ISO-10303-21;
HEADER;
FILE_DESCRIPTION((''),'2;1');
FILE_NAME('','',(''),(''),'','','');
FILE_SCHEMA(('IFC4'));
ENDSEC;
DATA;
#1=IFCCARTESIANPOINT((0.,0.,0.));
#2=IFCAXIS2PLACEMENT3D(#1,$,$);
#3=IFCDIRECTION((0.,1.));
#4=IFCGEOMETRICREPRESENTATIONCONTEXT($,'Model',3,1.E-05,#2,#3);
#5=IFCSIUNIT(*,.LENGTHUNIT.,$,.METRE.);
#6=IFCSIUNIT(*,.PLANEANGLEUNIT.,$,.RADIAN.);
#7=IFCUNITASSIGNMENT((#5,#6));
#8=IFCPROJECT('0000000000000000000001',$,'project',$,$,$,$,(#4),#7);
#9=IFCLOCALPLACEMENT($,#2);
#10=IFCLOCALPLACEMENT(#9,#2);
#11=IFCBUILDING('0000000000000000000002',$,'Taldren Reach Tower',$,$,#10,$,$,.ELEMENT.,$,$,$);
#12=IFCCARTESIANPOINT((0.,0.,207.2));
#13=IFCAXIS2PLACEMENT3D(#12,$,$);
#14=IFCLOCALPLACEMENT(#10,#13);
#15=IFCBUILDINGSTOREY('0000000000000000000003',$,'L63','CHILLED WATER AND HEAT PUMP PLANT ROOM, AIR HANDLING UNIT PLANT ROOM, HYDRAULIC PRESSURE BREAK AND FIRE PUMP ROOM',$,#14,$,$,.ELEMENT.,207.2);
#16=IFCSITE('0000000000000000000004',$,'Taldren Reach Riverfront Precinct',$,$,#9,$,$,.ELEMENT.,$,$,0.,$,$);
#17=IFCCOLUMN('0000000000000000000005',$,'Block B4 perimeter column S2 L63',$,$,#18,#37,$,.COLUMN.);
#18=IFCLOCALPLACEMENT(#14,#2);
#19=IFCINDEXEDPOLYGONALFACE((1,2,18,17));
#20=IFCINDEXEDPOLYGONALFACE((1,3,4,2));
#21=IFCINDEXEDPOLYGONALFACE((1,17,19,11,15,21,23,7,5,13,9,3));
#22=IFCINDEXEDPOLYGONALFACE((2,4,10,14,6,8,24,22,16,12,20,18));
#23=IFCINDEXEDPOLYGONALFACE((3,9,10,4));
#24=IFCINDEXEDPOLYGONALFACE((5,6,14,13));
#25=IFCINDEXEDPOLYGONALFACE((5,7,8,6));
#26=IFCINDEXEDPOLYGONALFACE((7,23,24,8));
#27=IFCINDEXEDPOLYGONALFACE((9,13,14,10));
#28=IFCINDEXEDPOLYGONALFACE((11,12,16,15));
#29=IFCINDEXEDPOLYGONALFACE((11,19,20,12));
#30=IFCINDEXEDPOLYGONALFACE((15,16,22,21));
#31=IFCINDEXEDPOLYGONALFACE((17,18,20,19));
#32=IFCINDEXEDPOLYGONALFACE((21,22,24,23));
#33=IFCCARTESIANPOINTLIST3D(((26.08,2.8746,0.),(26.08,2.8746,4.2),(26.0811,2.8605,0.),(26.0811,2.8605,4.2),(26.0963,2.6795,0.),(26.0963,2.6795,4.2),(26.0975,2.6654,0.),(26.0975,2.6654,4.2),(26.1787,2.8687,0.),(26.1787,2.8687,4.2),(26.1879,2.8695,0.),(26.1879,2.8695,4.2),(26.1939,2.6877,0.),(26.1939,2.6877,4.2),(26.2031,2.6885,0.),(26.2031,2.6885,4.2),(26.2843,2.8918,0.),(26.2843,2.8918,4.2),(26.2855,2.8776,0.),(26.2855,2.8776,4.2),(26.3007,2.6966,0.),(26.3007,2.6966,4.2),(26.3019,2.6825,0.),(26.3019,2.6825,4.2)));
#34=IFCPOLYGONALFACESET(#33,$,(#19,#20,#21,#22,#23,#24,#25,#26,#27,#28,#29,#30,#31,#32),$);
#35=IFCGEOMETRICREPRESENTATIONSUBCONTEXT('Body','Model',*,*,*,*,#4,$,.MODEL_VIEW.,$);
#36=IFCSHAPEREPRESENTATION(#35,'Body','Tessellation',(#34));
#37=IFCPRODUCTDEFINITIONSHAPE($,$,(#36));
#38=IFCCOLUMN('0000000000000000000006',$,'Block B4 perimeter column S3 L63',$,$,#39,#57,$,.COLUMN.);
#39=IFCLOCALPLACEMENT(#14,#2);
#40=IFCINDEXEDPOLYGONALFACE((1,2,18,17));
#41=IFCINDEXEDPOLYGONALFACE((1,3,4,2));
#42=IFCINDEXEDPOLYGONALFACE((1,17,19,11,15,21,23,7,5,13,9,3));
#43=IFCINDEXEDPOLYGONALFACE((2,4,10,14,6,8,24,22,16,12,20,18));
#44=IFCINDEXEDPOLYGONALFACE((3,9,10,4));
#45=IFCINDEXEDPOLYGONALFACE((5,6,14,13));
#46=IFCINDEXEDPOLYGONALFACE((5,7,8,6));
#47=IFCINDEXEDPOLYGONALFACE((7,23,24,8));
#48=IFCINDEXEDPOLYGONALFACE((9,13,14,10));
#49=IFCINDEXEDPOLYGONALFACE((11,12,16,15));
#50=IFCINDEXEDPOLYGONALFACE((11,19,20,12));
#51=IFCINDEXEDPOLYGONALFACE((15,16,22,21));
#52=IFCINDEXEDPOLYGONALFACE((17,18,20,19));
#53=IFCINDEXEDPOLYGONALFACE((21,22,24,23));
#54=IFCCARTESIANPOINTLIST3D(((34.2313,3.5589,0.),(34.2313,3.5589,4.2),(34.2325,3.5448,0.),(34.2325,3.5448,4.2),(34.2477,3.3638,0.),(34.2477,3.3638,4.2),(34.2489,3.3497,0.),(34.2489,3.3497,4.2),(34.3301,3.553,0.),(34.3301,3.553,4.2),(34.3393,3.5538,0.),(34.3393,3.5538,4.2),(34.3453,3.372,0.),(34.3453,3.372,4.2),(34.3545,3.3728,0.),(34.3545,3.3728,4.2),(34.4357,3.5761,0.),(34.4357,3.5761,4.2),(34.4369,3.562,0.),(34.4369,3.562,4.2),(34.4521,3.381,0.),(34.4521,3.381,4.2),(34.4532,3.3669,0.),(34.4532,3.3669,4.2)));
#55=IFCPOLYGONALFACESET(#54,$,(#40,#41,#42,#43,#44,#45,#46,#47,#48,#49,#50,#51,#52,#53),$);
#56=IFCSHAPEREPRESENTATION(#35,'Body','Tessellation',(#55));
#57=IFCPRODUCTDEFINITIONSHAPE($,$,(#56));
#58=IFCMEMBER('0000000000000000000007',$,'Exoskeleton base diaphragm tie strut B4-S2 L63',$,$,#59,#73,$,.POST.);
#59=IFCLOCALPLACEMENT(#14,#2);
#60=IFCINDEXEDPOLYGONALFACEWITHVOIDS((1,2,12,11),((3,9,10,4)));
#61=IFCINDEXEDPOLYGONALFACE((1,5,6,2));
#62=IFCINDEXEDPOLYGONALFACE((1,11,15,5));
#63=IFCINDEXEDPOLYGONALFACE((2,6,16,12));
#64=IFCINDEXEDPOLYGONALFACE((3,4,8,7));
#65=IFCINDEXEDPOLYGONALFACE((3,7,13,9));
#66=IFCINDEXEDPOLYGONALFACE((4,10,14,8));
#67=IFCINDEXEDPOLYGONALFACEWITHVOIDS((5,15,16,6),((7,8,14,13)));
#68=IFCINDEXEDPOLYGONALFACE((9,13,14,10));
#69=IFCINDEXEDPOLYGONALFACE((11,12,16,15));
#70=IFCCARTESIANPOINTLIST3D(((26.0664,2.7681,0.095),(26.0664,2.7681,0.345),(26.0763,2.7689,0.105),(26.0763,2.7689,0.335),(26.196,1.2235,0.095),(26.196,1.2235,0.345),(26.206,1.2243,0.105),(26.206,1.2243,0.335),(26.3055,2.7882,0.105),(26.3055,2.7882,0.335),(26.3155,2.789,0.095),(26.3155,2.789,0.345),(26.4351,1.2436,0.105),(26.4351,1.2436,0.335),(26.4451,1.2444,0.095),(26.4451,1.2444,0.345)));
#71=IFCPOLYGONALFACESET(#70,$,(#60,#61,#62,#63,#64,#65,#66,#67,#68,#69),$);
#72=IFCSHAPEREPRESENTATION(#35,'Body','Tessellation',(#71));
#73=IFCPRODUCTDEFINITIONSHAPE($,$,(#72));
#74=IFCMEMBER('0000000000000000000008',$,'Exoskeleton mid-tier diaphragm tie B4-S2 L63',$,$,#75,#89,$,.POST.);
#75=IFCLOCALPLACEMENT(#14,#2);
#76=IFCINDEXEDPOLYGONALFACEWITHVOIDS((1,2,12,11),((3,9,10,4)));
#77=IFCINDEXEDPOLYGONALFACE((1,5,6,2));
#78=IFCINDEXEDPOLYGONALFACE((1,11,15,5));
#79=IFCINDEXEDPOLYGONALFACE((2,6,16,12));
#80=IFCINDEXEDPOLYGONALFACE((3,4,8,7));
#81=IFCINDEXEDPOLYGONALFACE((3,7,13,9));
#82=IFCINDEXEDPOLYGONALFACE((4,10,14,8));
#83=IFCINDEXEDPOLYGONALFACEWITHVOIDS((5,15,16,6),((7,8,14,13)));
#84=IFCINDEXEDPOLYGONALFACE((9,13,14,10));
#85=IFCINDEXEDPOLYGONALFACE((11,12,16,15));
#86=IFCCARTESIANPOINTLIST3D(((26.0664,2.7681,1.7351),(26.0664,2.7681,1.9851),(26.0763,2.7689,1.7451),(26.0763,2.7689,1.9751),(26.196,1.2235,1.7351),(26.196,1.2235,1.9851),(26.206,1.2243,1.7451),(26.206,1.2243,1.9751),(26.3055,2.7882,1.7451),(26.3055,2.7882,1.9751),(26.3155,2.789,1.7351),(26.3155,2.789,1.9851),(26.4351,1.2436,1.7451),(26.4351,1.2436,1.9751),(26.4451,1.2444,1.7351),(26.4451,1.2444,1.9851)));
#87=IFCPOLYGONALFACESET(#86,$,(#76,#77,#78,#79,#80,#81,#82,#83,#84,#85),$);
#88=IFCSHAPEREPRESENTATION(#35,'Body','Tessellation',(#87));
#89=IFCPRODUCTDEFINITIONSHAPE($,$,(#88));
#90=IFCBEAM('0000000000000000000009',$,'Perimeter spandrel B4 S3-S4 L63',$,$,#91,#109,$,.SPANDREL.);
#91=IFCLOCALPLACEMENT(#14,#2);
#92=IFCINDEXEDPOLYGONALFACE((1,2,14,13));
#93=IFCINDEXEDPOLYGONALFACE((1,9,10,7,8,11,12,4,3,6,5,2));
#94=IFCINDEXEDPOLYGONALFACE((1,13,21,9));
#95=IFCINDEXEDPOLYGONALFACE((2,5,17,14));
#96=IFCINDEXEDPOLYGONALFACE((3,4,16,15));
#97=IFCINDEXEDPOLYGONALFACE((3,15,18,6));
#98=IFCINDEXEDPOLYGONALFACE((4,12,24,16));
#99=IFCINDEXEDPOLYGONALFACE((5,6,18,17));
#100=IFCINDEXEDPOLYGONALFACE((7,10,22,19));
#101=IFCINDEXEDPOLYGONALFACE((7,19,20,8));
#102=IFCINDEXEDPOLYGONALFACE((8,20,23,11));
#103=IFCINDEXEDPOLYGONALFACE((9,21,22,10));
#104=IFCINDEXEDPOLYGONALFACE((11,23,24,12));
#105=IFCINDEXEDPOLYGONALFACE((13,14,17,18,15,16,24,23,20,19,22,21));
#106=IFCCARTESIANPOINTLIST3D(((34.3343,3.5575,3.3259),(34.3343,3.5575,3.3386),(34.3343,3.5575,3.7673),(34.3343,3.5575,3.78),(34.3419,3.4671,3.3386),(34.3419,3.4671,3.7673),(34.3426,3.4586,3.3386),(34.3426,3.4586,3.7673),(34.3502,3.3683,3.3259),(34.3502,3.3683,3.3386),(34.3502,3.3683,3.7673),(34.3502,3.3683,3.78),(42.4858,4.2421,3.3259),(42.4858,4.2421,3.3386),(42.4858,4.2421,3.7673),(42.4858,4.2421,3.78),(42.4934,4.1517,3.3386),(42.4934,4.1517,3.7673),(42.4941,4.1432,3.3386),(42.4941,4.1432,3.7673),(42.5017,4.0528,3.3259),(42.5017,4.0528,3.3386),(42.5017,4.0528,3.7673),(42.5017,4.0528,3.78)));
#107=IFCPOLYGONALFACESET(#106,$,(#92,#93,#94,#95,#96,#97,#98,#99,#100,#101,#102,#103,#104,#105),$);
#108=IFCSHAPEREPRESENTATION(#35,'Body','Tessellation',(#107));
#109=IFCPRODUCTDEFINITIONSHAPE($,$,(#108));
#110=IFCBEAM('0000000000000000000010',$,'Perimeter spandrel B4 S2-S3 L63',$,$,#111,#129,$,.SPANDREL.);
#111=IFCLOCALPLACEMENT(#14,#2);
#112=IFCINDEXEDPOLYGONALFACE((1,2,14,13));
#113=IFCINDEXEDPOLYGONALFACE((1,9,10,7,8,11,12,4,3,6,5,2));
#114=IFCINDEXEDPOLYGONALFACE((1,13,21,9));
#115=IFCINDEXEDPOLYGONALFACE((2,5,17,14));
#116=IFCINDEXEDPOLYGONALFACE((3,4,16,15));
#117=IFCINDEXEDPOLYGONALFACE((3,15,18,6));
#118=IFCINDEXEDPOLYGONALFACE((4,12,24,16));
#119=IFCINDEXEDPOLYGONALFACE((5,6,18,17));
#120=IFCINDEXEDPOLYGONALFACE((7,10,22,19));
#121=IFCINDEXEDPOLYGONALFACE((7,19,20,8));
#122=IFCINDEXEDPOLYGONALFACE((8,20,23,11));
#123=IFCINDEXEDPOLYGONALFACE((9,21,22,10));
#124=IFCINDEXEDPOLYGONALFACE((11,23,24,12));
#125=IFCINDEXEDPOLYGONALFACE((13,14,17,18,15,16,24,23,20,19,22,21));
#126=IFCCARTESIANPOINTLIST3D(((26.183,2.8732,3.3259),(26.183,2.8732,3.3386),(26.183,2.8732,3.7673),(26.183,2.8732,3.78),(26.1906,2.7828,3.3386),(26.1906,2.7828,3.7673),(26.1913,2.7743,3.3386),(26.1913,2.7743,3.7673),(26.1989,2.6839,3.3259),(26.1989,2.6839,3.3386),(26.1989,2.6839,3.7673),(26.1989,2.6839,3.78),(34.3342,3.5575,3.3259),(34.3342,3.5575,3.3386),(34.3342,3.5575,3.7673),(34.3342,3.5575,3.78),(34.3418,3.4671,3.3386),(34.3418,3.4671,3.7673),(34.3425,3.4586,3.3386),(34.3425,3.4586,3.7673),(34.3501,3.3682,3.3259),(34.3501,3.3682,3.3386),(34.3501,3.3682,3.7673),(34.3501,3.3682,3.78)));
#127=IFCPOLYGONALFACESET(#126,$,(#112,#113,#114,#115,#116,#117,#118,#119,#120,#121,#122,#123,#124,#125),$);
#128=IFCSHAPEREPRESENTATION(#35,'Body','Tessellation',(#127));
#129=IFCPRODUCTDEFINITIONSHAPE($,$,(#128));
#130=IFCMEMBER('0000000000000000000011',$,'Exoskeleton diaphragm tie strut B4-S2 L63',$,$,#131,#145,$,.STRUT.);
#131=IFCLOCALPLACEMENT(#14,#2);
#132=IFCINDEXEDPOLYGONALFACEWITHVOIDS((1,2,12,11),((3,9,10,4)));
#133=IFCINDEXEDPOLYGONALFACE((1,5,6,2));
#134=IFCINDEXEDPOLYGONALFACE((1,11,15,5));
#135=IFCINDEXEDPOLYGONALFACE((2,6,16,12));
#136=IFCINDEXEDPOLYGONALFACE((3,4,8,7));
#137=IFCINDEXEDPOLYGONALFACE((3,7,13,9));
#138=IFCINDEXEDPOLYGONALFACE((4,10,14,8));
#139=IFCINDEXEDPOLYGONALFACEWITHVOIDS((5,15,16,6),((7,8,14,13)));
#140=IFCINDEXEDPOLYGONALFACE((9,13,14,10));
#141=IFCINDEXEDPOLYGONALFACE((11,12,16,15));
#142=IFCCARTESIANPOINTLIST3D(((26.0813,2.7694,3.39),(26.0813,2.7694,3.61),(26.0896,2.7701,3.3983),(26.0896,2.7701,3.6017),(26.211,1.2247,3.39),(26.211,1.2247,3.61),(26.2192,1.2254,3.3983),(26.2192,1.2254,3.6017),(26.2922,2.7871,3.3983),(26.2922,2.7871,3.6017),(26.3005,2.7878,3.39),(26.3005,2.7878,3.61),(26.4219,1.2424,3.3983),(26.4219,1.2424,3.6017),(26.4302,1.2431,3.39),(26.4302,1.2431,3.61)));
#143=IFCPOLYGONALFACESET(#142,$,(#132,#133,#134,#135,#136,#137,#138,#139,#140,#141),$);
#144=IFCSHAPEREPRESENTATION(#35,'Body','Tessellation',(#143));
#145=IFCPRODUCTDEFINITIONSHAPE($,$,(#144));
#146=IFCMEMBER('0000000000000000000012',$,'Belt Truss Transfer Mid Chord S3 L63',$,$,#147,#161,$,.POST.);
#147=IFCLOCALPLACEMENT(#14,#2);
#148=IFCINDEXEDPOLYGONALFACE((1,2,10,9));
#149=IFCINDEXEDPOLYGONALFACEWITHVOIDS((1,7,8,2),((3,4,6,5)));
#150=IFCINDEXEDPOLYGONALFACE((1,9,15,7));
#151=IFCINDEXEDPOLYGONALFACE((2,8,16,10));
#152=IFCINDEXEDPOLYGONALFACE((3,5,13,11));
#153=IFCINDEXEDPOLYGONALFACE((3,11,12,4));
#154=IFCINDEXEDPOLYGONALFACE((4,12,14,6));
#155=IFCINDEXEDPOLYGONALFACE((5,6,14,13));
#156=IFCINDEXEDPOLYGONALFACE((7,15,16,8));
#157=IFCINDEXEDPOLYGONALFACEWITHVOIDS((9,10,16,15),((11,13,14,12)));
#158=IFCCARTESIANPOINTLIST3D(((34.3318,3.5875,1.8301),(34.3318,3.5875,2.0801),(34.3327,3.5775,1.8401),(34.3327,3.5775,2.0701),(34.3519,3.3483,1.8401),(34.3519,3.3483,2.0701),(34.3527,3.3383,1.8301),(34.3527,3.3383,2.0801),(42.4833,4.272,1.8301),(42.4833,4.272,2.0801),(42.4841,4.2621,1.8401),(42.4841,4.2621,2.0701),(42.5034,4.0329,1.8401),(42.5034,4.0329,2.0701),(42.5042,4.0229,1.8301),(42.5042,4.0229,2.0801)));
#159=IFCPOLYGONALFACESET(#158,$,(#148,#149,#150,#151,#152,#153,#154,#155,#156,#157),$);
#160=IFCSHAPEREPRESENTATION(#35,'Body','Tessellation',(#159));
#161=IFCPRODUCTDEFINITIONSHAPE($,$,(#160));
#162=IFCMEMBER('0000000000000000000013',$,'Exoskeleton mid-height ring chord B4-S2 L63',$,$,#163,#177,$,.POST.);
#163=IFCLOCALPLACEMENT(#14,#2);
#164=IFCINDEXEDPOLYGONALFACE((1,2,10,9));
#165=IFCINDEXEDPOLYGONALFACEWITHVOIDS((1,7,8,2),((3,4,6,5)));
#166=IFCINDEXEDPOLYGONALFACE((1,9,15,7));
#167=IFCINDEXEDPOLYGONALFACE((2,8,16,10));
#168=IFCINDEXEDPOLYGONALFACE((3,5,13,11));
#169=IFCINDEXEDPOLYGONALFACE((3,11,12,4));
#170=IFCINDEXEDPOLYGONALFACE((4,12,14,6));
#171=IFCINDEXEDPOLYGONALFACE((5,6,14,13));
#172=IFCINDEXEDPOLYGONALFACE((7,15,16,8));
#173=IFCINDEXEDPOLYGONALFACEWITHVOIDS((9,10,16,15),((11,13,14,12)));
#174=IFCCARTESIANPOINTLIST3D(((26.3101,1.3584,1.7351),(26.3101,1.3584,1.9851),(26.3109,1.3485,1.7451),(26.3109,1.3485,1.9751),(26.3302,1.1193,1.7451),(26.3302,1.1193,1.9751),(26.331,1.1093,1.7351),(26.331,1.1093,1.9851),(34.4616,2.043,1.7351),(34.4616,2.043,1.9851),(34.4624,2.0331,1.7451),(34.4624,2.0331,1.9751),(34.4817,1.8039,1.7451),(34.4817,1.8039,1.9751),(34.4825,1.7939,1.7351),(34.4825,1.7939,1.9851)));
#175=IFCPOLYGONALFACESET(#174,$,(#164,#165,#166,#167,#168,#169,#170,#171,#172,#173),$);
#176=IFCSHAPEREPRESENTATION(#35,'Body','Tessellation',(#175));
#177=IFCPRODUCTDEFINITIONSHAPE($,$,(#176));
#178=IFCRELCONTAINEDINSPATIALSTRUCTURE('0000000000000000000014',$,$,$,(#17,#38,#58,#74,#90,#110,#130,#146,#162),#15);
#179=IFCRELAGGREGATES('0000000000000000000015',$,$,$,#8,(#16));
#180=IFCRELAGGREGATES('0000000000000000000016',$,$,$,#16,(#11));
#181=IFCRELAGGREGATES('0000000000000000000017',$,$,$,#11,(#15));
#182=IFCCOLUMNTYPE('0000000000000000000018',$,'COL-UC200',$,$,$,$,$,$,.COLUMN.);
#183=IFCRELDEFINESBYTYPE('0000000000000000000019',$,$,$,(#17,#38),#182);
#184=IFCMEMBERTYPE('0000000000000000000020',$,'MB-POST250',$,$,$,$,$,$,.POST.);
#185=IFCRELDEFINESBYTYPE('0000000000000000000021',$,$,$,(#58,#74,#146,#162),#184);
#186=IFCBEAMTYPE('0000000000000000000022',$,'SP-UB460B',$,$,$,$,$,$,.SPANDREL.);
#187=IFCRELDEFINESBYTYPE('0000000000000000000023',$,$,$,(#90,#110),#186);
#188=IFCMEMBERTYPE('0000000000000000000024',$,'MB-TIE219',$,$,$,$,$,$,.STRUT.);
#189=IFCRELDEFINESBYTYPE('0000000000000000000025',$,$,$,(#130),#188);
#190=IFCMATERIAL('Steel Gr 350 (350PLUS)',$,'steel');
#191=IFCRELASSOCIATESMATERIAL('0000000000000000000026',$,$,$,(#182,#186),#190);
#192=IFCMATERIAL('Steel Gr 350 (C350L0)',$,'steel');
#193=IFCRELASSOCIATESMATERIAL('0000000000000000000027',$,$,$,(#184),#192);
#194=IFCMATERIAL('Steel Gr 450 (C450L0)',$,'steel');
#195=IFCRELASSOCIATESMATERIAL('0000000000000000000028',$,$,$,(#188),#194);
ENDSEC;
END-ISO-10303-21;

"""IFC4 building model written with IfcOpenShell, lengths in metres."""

from ifc_helpers import new_model, si_unit, direction, frame, origin, origin_2d, place, context, subcontext, project, spatial, hollow_rectangle, i_section, extrude, source, transform, mapped, material, material_profile, profile_set, type_object, element, save


model = new_model("IFC4")

# Units and contexts
model_context = context("Model", 3, precision=1e-05, world=origin(), true_north=direction((0.0, 1.0)))
body_context = subcontext(model_context, "Body", "Model", "MODEL_VIEW")
ifc_project = project(units=[si_unit("LENGTHUNIT", "METRE"), si_unit("PLANEANGLEUNIT", "RADIAN")], contexts=[model_context])

# Site, building, storey
site_placement = place(None, origin())
site = spatial("IfcSite", under=ifc_project, at=site_placement, Name="Taldren Reach Riverfront Precinct", CompositionType="ELEMENT", RefElevation=0.0)
building_placement = place(site_placement, origin())
building = spatial("IfcBuilding", under=site, at=building_placement, Name="Taldren Reach Tower", CompositionType="ELEMENT")
storey_placement = place(building_placement, frame((0.0, 0.0, 207.2)))
storey = spatial("IfcBuildingStorey", under=building, at=storey_placement, Name="L63", Description="CHILLED WATER AND HEAT PUMP PLANT ROOM, AIR HANDLING UNIT PLANT ROOM, HYDRAULIC PRESSURE BREAK AND FIRE PUMP ROOM", CompositionType="ELEMENT", Elevation=207.2)

# Columns
ifc_material_1 = material(Name="Steel Gr 350 (350PLUS)", Category="steel")
ifc_material_profile_1 = material_profile(ifc_material_1, i_section(OverallWidth=0.2051, OverallDepth=0.21, WebThickness=0.0093, FlangeThickness=0.0142, at=origin_2d()), Name="200UC59.5")
ifc_profile_set_1 = profile_set([ifc_material_profile_1], Name="Steel Gr 350 (350PLUS)")
column_type = type_object("IfcColumnType", Name="COL-UC200", PredefinedType="COLUMN", material=ifc_profile_set_1)
shared_shape_1 = source(origin(), body_context, "Body", "SweptSolid", [
    extrude(i_section(OverallWidth=0.2051, OverallDepth=0.21, WebThickness=0.0093, FlangeThickness=0.0142, at=origin_2d()), origin(), (0.0, 0.0, 1.0), 4.2),
])
for number, where, z_axis, x_axis, name in (
    (1, (26.1909, 2.7786, 0.0), (0.0, 0.0, 1.0), (0.996493, 0.083678, 0.0), "Block B4 perimeter column S2 L63"),
    (2, (34.3423, 3.4629, 0.0), (0.0, 0.0, 1.0), (0.996493, 0.083678, 0.0), "Block B4 perimeter column S3 L63"),
):
    element("IfcColumn", number, at=place(storey_placement, frame(where, z_axis=z_axis, x_axis=x_axis)), inside=storey, type_object=column_type, Name=name, PredefinedType="COLUMN", context=body_context, shape_type="MappedRepresentation", body=[
        mapped(shared_shape_1, transform((0.0, 0.0, 0.0), scale=1.0)),
    ])

# Members
ifc_material_2 = material(Name="Steel Gr 350 (C350L0)", Category="steel")
ifc_material_profile_2 = material_profile(ifc_material_2, hollow_rectangle(XDim=0.25, YDim=0.25, WallThickness=0.01, at=origin_2d()), Name="250x250x10.0SHS")
ifc_profile_set_2 = profile_set([ifc_material_profile_2], Name="Steel Gr 350 (C350L0)")
member_type_1 = type_object("IfcMemberType", Name="MB-POST250", PredefinedType="POST", material=ifc_profile_set_2)
shared_shape_2 = source(origin(), body_context, "Body", "SweptSolid", [
    extrude(hollow_rectangle(XDim=0.25, YDim=0.25, WallThickness=0.01, at=origin_2d()), origin(), (0.0, 0.0, 1.0), 1.55),
])
for number, where, z_axis, x_axis, name in (
    (3, (26.1909, 2.7786, 0.22), (0.083632, -0.996497, 0.0), (0.996497, 0.083632, 0.0), "Exoskeleton base diaphragm tie strut B4-S2 L63"),
    (4, (26.1909, 2.7786, 1.8601), (0.083632, -0.996497, 0.0), (0.996497, 0.083632, 0.0), "Exoskeleton mid-tier diaphragm tie B4-S2 L63"),
):
    element("IfcMember", number, at=place(storey_placement, frame(where, z_axis=z_axis, x_axis=x_axis)), inside=storey, type_object=member_type_1, Name=name, PredefinedType="POST", context=body_context, shape_type="MappedRepresentation", body=[
        mapped(shared_shape_2, transform((0.0, 0.0, 0.0), scale=1.0)),
    ])

# Beams
ifc_material_profile_3 = material_profile(ifc_material_1, i_section(OverallWidth=0.1899, OverallDepth=0.4541, WebThickness=0.0085, FlangeThickness=0.0127, at=origin_2d()), Name="460UB67.1")
ifc_profile_set_3 = profile_set([ifc_material_profile_3], Name="Steel Gr 350 (350PLUS)")
beam_type_1 = type_object("IfcBeamType", Name="SP-UB460B", PredefinedType="SPANDREL", material=ifc_profile_set_3)
shared_shape_3 = source(origin(), body_context, "Body", "SweptSolid", [
    extrude(i_section(OverallWidth=0.1899, OverallDepth=0.4541, WebThickness=0.0085, FlangeThickness=0.0127, at=origin_2d()), origin(), (0.0, 0.0, 1.0), 8.1802),
])
beam_1_placement = place(storey_placement, frame((34.3423, 3.4629, 3.553), z_axis=(0.996492, 0.083688, 0.0), x_axis=(-0.083688, 0.996492, 0.0)))
element("IfcBeam", 5, at=beam_1_placement, inside=storey, type_object=beam_type_1, Name="Perimeter spandrel B4 S3-S4 L63", PredefinedType="SPANDREL", context=body_context, shape_type="MappedRepresentation", body=[
    mapped(shared_shape_3, transform((0.0, 0.0, 0.0), scale=1.0)),
])
shared_shape_4 = source(origin(), body_context, "Body", "SweptSolid", [
    extrude(i_section(OverallWidth=0.1899, OverallDepth=0.4541, WebThickness=0.0085, FlangeThickness=0.0127, at=origin_2d()), origin(), (0.0, 0.0, 1.0), 8.1799),
])
beam_2_placement = place(storey_placement, frame((26.1909, 2.7786, 3.553), z_axis=(0.996495, 0.083658, 0.0), x_axis=(-0.083658, 0.996495, 0.0)))
element("IfcBeam", 6, at=beam_2_placement, inside=storey, type_object=beam_type_1, Name="Perimeter spandrel B4 S2-S3 L63", PredefinedType="SPANDREL", context=body_context, shape_type="MappedRepresentation", body=[
    mapped(shared_shape_4, transform((0.0, 0.0, 0.0), scale=1.0)),
])

# Members
ifc_material_3 = material(Name="Steel Gr 450 (C450L0)", Category="steel")
ifc_material_profile_4 = material_profile(ifc_material_3, hollow_rectangle(XDim=0.22, YDim=0.22, WallThickness=0.0083, at=origin_2d()), Name="220x220x8.2SHS")
ifc_profile_set_4 = profile_set([ifc_material_profile_4], Name="Steel Gr 450 (C450L0)")
member_type_2 = type_object("IfcMemberType", Name="MB-TIE219", PredefinedType="STRUT", material=ifc_profile_set_4)
shared_shape_5 = source(origin(), body_context, "Body", "SweptSolid", [
    extrude(hollow_rectangle(XDim=0.22, YDim=0.22, WallThickness=0.0083, at=origin_2d()), origin(), (0.0, 0.0, 1.0), 1.55),
])
member_1_placement = place(storey_placement, frame((26.1909, 2.7786, 3.5), z_axis=(0.083632, -0.996497, 0.0), x_axis=(0.996497, 0.083632, 0.0)))
element("IfcMember", 7, at=member_1_placement, inside=storey, type_object=member_type_2, Name="Exoskeleton diaphragm tie strut B4-S2 L63", PredefinedType="STRUT", context=body_context, shape_type="MappedRepresentation", body=[
    mapped(shared_shape_5, transform((0.0, 0.0, 0.0), scale=1.0)),
])
shared_shape_6 = source(origin(), body_context, "Body", "SweptSolid", [
    extrude(hollow_rectangle(XDim=0.25, YDim=0.25, WallThickness=0.01, at=origin_2d()), origin(), (0.0, 0.0, 1.0), 8.1802),
])
for number, where, z_axis, x_axis, name in (
    (8, (34.3423, 3.4629, 1.9551), (0.996492, 0.083688, 0.0), (-0.083688, 0.996492, 0.0), "Belt Truss Transfer Mid Chord S3 L63"),
    (9, (26.3206, 1.2339, 1.8601), (0.996492, 0.083688, 0.0), (-0.083688, 0.996492, 0.0), "Exoskeleton mid-height ring chord B4-S2 L63"),
):
    element("IfcMember", number, at=place(storey_placement, frame(where, z_axis=z_axis, x_axis=x_axis)), inside=storey, type_object=member_type_1, Name=name, PredefinedType="POST", context=body_context, shape_type="MappedRepresentation", body=[
        mapped(shared_shape_6, transform((0.0, 0.0, 0.0), scale=1.0)),
    ])

save(model, "model.ifc")
